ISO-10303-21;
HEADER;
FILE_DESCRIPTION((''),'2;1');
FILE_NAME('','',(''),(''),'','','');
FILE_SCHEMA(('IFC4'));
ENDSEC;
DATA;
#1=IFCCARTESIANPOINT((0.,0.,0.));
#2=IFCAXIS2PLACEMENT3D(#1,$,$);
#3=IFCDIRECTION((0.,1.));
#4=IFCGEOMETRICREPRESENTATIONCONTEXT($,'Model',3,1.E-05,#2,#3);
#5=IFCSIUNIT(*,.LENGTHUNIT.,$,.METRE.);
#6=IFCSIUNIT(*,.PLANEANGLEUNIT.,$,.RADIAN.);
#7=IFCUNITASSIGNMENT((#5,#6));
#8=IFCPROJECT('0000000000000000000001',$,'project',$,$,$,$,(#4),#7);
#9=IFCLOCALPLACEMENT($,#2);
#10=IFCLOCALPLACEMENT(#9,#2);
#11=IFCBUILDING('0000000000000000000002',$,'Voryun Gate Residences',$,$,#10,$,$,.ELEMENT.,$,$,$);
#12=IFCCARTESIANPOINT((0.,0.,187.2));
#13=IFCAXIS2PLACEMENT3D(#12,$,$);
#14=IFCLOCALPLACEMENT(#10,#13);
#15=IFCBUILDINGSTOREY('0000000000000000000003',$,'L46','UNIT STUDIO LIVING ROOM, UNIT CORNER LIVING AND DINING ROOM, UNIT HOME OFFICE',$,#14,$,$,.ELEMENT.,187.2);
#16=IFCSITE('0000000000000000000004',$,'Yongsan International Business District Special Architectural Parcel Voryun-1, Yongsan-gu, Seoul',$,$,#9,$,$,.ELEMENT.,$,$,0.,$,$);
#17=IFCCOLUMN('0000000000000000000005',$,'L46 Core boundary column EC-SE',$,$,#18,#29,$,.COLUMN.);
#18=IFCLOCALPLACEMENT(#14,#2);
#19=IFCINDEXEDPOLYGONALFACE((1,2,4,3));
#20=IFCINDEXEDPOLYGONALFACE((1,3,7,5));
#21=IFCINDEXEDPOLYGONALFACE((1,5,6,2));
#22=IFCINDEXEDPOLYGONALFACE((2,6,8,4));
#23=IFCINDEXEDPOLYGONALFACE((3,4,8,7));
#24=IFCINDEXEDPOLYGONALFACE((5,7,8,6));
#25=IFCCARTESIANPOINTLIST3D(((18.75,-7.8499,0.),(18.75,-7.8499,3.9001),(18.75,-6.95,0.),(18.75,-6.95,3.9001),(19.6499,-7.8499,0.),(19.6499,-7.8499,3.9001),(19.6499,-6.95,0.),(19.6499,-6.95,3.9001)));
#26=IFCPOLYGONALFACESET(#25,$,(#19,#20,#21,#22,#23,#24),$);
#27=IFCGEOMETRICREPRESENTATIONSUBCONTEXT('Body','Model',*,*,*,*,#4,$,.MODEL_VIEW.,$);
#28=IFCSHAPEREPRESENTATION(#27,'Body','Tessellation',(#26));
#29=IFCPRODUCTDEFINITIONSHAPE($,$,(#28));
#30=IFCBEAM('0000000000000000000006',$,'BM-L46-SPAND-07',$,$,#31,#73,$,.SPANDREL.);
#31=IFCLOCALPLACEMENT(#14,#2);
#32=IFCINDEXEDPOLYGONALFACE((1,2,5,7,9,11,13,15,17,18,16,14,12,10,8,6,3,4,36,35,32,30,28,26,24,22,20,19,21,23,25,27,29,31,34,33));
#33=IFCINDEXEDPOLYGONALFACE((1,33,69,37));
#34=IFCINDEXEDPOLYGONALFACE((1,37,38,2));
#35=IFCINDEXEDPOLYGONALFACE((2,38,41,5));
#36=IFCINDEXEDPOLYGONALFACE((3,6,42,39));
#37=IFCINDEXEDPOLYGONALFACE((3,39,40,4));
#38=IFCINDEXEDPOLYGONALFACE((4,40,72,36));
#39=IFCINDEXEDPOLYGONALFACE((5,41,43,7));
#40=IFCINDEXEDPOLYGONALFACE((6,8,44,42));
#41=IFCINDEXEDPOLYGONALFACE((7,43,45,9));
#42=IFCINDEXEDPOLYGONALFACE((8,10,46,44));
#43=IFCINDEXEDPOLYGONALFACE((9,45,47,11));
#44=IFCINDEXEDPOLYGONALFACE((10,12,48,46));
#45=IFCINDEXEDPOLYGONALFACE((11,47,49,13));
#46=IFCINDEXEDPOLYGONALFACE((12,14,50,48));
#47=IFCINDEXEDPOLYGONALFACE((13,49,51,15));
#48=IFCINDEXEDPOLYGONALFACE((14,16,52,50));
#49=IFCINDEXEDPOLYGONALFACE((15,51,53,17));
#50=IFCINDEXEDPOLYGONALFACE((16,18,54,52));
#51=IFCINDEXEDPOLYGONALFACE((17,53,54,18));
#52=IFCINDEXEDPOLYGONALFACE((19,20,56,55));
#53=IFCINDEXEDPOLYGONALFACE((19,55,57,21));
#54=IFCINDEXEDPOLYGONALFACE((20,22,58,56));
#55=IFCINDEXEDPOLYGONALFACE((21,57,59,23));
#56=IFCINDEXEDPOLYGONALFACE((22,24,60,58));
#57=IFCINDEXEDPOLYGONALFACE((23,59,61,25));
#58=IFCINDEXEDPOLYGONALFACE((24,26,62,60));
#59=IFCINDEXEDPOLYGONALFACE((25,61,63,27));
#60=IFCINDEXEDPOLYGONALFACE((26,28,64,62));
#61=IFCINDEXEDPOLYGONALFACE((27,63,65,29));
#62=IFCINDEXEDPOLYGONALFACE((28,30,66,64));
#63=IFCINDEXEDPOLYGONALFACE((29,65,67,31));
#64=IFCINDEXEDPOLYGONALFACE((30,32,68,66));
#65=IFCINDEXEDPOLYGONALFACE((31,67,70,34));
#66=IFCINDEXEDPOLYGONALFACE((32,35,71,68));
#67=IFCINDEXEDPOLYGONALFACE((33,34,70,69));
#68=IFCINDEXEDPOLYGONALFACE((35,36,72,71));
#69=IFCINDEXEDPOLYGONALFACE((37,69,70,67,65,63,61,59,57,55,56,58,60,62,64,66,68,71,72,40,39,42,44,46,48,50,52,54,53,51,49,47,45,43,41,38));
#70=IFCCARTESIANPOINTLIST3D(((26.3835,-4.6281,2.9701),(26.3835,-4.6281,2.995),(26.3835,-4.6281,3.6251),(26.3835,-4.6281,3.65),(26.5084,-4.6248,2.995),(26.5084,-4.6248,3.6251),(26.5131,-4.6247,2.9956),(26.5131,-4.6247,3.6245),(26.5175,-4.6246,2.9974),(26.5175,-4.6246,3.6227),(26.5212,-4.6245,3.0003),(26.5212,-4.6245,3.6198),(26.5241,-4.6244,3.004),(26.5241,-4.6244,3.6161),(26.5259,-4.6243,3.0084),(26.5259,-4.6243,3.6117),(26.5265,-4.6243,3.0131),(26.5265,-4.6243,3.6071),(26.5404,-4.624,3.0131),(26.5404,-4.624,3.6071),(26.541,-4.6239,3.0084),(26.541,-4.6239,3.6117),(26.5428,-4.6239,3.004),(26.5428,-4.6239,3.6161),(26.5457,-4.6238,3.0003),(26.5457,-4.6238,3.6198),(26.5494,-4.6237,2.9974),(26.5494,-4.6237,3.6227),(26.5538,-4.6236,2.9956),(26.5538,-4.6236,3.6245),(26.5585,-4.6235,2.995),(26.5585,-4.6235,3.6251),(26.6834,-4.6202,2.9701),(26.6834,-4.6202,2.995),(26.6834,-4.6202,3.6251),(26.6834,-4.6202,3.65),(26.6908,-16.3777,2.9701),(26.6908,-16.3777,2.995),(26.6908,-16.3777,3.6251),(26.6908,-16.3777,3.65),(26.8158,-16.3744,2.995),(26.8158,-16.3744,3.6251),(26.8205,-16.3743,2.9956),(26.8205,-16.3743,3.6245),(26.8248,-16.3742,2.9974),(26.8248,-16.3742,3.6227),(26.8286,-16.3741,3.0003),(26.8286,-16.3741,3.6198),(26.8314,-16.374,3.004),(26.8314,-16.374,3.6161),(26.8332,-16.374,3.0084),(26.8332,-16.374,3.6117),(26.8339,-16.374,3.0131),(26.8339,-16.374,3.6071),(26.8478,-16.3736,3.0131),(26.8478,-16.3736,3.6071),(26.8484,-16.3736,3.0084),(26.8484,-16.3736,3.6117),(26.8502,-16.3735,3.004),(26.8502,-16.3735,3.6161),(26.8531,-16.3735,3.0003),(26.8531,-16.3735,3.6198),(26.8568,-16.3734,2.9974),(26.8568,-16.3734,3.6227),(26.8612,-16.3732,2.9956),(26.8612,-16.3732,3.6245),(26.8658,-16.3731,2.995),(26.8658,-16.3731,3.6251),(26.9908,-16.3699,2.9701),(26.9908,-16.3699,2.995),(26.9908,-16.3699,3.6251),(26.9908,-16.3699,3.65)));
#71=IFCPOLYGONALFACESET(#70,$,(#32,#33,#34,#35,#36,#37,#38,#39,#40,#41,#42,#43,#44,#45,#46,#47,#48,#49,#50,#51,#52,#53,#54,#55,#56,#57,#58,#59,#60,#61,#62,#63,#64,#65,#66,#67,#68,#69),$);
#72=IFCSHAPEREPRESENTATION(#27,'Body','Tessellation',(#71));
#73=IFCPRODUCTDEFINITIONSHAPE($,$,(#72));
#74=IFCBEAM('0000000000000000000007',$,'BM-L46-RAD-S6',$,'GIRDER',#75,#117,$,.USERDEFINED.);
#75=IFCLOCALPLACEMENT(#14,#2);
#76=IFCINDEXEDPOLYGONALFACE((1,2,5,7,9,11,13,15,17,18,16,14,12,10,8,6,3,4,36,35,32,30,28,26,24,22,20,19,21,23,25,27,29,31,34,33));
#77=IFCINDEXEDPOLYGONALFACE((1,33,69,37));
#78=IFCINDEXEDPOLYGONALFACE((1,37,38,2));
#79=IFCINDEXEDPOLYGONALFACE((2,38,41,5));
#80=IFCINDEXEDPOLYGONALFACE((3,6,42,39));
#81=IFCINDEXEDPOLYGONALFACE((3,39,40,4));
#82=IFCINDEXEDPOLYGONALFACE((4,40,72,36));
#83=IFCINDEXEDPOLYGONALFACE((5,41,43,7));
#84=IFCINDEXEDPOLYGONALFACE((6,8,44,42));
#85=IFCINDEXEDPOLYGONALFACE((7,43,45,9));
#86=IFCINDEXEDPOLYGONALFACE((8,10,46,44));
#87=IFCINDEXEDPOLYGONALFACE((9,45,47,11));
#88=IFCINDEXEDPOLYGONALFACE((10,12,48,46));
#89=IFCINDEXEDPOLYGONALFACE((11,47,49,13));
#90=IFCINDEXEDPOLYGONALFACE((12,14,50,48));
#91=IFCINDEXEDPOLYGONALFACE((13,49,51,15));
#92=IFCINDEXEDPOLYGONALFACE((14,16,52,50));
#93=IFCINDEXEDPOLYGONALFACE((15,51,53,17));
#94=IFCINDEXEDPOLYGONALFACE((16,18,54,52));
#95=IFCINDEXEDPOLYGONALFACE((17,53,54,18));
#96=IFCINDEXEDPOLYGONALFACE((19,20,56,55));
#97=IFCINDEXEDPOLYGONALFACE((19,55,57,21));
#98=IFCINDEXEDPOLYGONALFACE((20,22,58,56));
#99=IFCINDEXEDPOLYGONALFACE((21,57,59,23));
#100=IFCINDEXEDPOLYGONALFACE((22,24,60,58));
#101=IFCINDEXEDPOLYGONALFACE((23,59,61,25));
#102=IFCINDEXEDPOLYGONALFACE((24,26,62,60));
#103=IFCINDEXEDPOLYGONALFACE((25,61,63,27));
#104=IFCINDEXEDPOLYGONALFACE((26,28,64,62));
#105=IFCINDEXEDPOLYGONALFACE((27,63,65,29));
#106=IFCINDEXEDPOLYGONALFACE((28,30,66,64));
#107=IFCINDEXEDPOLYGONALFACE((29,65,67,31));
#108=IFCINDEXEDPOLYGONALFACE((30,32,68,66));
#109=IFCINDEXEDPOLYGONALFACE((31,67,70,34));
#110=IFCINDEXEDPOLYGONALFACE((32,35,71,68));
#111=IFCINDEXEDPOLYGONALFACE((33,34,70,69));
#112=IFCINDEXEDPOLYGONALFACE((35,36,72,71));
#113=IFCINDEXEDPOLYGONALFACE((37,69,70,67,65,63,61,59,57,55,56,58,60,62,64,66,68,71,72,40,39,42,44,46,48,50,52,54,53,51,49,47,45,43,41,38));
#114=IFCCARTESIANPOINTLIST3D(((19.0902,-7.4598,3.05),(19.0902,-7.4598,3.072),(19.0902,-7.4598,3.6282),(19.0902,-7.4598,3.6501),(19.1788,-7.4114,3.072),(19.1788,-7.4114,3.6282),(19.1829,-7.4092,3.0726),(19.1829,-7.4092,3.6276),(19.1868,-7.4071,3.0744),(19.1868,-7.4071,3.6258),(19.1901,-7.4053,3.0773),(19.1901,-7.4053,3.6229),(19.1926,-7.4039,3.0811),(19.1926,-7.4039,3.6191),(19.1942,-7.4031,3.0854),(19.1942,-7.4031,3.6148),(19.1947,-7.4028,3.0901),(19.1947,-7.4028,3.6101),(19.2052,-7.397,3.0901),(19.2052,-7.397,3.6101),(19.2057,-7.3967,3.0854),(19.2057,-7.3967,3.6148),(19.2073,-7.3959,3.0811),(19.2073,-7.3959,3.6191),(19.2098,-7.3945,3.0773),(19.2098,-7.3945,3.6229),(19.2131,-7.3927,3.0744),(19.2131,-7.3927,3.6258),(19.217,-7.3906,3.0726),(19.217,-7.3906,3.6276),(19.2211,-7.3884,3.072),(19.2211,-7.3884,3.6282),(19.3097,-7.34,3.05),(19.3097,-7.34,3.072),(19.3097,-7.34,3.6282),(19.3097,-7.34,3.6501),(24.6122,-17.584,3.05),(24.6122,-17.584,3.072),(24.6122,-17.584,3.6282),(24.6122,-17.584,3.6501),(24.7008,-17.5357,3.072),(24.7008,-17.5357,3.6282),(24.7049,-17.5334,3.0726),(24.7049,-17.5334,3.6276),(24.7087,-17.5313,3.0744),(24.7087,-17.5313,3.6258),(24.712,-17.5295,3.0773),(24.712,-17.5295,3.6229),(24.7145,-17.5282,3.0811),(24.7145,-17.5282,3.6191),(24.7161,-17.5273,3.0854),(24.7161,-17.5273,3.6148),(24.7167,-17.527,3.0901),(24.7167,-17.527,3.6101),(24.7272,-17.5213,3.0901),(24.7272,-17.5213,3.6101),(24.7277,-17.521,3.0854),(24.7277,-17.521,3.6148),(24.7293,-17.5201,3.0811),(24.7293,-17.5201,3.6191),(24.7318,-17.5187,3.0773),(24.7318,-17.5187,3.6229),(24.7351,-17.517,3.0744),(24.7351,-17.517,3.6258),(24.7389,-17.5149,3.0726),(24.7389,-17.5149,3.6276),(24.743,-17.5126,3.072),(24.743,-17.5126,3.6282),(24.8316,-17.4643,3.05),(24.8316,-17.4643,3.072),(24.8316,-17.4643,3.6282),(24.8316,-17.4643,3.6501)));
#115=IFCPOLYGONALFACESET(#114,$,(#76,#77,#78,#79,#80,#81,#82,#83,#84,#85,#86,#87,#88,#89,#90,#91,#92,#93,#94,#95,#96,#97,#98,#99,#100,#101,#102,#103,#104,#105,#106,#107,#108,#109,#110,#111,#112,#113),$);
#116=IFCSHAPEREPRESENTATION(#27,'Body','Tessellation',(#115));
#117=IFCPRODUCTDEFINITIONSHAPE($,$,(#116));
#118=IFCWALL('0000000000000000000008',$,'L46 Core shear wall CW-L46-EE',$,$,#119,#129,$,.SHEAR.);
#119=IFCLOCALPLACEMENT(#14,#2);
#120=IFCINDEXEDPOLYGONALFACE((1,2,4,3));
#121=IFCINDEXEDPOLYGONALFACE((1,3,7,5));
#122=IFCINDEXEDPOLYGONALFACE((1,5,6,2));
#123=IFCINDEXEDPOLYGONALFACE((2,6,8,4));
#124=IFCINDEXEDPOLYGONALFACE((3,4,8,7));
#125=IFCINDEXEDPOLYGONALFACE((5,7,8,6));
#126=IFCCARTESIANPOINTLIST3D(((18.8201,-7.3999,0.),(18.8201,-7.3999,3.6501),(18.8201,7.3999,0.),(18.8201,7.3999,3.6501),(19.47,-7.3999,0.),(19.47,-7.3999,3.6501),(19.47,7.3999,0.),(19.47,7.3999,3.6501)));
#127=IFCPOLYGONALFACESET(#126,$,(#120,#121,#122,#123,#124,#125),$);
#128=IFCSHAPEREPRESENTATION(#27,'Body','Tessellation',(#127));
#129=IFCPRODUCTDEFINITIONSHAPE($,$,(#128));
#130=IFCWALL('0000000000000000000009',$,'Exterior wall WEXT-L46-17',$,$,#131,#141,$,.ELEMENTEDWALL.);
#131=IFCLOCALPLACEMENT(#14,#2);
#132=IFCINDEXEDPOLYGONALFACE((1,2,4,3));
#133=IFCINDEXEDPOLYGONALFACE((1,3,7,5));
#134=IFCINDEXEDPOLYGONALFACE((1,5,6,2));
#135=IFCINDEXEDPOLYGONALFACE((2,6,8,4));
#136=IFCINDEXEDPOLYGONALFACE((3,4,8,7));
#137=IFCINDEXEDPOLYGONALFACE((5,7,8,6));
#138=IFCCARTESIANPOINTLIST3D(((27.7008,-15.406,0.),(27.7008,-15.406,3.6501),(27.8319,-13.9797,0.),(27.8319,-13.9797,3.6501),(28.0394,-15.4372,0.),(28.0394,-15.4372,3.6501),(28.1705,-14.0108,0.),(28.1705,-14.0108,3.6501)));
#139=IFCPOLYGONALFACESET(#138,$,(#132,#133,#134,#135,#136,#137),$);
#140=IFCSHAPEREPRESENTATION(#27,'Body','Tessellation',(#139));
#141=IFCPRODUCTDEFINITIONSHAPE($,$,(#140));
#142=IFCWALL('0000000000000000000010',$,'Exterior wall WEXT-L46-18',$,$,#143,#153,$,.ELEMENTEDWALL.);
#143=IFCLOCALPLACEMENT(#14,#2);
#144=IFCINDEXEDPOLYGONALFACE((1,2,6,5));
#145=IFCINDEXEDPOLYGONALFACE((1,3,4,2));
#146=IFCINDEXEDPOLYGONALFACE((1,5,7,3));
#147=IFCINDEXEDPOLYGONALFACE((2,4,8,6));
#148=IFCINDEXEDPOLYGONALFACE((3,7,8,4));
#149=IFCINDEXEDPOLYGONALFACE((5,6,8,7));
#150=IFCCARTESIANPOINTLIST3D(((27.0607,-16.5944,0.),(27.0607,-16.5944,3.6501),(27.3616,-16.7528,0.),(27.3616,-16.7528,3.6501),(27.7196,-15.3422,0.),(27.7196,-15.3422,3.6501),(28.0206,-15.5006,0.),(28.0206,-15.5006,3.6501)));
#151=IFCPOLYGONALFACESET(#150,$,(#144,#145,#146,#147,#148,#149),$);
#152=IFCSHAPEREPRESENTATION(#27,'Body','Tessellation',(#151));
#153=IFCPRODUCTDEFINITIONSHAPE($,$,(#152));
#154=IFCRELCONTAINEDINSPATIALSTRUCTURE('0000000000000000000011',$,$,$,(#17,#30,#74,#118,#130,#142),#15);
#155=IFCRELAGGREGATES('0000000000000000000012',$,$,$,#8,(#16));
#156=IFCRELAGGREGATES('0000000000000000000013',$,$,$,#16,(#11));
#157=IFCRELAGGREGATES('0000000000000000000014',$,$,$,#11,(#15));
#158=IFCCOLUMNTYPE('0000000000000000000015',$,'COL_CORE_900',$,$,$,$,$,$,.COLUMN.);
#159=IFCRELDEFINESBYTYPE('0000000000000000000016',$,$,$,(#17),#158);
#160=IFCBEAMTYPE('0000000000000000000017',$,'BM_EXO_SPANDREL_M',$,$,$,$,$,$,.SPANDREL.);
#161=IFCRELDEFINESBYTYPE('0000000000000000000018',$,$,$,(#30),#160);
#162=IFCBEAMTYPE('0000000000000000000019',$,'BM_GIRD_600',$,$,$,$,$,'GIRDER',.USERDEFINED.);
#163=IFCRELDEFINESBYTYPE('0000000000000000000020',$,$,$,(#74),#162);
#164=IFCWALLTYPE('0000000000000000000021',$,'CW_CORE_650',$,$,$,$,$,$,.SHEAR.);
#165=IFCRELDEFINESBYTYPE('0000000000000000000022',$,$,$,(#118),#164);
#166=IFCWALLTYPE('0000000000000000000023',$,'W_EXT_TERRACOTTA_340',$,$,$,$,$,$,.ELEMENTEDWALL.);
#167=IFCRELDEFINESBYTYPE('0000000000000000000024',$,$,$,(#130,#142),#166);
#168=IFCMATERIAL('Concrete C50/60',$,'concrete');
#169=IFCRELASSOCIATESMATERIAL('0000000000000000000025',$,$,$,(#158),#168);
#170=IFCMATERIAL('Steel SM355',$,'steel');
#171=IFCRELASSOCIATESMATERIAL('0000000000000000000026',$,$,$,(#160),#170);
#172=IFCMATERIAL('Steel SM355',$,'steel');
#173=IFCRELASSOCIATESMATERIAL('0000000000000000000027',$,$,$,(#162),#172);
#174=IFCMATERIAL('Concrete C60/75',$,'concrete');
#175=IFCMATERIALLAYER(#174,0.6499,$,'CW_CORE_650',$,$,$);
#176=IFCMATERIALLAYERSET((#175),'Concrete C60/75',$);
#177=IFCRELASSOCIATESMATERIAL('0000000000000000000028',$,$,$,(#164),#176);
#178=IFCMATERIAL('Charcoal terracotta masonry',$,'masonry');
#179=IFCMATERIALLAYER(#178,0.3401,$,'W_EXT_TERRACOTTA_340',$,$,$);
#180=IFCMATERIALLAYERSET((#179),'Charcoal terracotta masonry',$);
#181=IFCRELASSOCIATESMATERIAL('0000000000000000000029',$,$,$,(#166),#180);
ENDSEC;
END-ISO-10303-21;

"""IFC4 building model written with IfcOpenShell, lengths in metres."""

from ifc_helpers import new_model, si_unit, direction, frame, frame_2d, origin, origin_2d, place, context, subcontext, project, spatial, rectangle, i_section, extrude, material, layer, layer_set, material_profile, profile_set, type_object, element, save


model = new_model("IFC4")

# Units and contexts
model_context = context("Model", 3, precision=1e-05, world=origin(), true_north=direction((0.0, 1.0)))
body_context = subcontext(model_context, "Body", "Model", "MODEL_VIEW")
ifc_project = project(units=[si_unit("LENGTHUNIT", "METRE"), si_unit("PLANEANGLEUNIT", "RADIAN")], contexts=[model_context])

# Site, building, storey
site_placement = place(None, origin())
site = spatial("IfcSite", under=ifc_project, at=site_placement, Name="Yongsan International Business District Special Architectural Parcel Voryun-1, Yongsan-gu, Seoul", CompositionType="ELEMENT", RefElevation=0.0)
building_placement = place(site_placement, origin())
building = spatial("IfcBuilding", under=site, at=building_placement, Name="Voryun Gate Residences", CompositionType="ELEMENT")
storey_placement = place(building_placement, frame((0.0, 0.0, 187.2)))
storey = spatial("IfcBuildingStorey", under=building, at=storey_placement, Name="L46", Description="UNIT STUDIO LIVING ROOM, UNIT CORNER LIVING AND DINING ROOM, UNIT HOME OFFICE", CompositionType="ELEMENT", Elevation=187.2)

# Column
ifc_material_1 = material(Name="Concrete C50/60", Category="concrete")
ifc_material_profile_1 = material_profile(ifc_material_1, rectangle(XDim=0.8999, YDim=0.8999, at=origin_2d()), Name="RC-900x900")
ifc_profile_set_1 = profile_set([ifc_material_profile_1], Name="Concrete C50/60")
column_type = type_object("IfcColumnType", Name="COL_CORE_900", PredefinedType="COLUMN", material=ifc_profile_set_1)
column_placement = place(storey_placement, frame((19.2, -7.3999, 0.0), z_axis=(0.0, 0.0, 1.0), x_axis=(1.0, 0.0, 0.0)))
element("IfcColumn", 1, at=column_placement, inside=storey, type_object=column_type, Name="L46 Core boundary column EC-SE", PredefinedType="COLUMN", context=body_context, shape_type="SweptSolid", body=[
    extrude(rectangle(XDim=0.8999, YDim=0.8999, at=origin_2d()), origin(), (0.0, 0.0, 1.0), 3.9001),
])

# Beams
ifc_material_2 = material(Name="Steel SM355", Category="steel")
ifc_material_profile_2 = material_profile(ifc_material_2, i_section(OverallWidth=0.3, OverallDepth=0.6799, WebThickness=0.0139, FlangeThickness=0.0249, FilletRadius=0.0181, at=origin_2d()), Name="H-680x300x14x25")
ifc_profile_set_2 = profile_set([ifc_material_profile_2], Name="Steel SM355")
beam_type_1 = type_object("IfcBeamType", Name="BM_EXO_SPANDREL_M", PredefinedType="SPANDREL", material=ifc_profile_set_2)
beam_1_placement = place(storey_placement, frame((26.8408, -16.3738, 3.3101), z_axis=(-0.026151, 0.999658, 0.0), x_axis=(-0.999658, -0.026151, 0.0)))
element("IfcBeam", 2, at=beam_1_placement, inside=storey, type_object=beam_type_1, Name="BM-L46-SPAND-07", PredefinedType="SPANDREL", context=body_context, shape_type="SweptSolid", body=[
    extrude(i_section(OverallWidth=0.3, OverallDepth=0.6799, WebThickness=0.0139, FlangeThickness=0.0249, FilletRadius=0.0181, at=origin_2d()), origin(), (0.0, 0.0, 1.0), 11.7537),
])
ifc_material_3 = material(Name="Steel SM355", Category="steel")
ifc_material_profile_3 = material_profile(ifc_material_3, i_section(OverallWidth=0.25, OverallDepth=0.6001, WebThickness=0.012, FlangeThickness=0.022, FilletRadius=0.0181, at=origin_2d()), Name="H-600x250x12x22")
ifc_profile_set_3 = profile_set([ifc_material_profile_3], Name="Steel SM355")
beam_type_2 = type_object("IfcBeamType", Name="BM_GIRD_600", ElementType="GIRDER", PredefinedType="USERDEFINED", material=ifc_profile_set_3)
beam_2_placement = place(storey_placement, frame((19.2, -7.3999, 3.3501), z_axis=(0.478828, -0.877909, 0.0), x_axis=(0.877909, 0.478828, 0.0)))
element("IfcBeam", 3, at=beam_2_placement, inside=storey, type_object=beam_type_2, Name="BM-L46-RAD-S6", ObjectType="GIRDER", PredefinedType="USERDEFINED", context=body_context, shape_type="SweptSolid", body=[
    extrude(i_section(OverallWidth=0.25, OverallDepth=0.6001, WebThickness=0.012, FlangeThickness=0.022, FilletRadius=0.0181, at=origin_2d()), origin(), (0.0, 0.0, 1.0), 11.5322),
])

# Walls
ifc_material_4 = material(Name="Concrete C60/75", Category="concrete")
ifc_layer_1 = layer(ifc_material_4, 0.6499, Name="CW_CORE_650")
ifc_layer_set_1 = layer_set([ifc_layer_1], Name="Concrete C60/75")
wall_type_1 = type_object("IfcWallType", Name="CW_CORE_650", PredefinedType="SHEAR", material=ifc_layer_set_1)
wall_1_placement = place(storey_placement, frame((19.145, -7.3999, 0.0), z_axis=(0.0, 0.0, 1.0), x_axis=(0.0, 1.0, 0.0)))
element("IfcWall", 4, at=wall_1_placement, inside=storey, type_object=wall_type_1, Name="L46 Core shear wall CW-L46-EE", PredefinedType="SHEAR", context=body_context, shape_type="SweptSolid", body=[
    extrude(rectangle(XDim=14.7998, YDim=0.6499, at=frame_2d((7.3999, 0.0))), origin(), (0.0, 0.0, 1.0), 3.6501),
])
ifc_material_5 = material(Name="Charcoal terracotta masonry", Category="masonry")
ifc_layer_2 = layer(ifc_material_5, 0.3401, Name="W_EXT_TERRACOTTA_340")
ifc_layer_set_2 = layer_set([ifc_layer_2], Name="Charcoal terracotta masonry")
wall_type_2 = type_object("IfcWallType", Name="W_EXT_TERRACOTTA_340", PredefinedType="ELEMENTEDWALL", material=ifc_layer_set_2)
wall_2_placement = place(storey_placement, frame((28.0012, -13.9951, 0.0), z_axis=(0.0, 0.0, 1.0), x_axis=(-0.091535, -0.995802, 0.0)))
element("IfcWall", 5, at=wall_2_placement, inside=storey, type_object=wall_type_2, Name="Exterior wall WEXT-L46-17", PredefinedType="ELEMENTEDWALL", context=body_context, shape_type="SweptSolid", body=[
    extrude(rectangle(XDim=1.4324, YDim=0.3401, at=frame_2d((0.7163, 0.0))), origin(), (0.0, 0.0, 1.0), 3.6501),
])
wall_3_placement = place(storey_placement, frame((27.8701, -15.4214, 0.0), z_axis=(0.0, 0.0, 1.0), x_axis=(-0.465682, -0.884952, 0.0)))
element("IfcWall", 6, at=wall_3_placement, inside=storey, type_object=wall_type_2, Name="Exterior wall WEXT-L46-18", PredefinedType="ELEMENTEDWALL", context=body_context, shape_type="SweptSolid", body=[
    extrude(rectangle(XDim=1.415, YDim=0.3401, at=frame_2d((0.7075, 0.0))), origin(), (0.0, 0.0, 1.0), 3.6501),
])

save(model, "model.ifc")
